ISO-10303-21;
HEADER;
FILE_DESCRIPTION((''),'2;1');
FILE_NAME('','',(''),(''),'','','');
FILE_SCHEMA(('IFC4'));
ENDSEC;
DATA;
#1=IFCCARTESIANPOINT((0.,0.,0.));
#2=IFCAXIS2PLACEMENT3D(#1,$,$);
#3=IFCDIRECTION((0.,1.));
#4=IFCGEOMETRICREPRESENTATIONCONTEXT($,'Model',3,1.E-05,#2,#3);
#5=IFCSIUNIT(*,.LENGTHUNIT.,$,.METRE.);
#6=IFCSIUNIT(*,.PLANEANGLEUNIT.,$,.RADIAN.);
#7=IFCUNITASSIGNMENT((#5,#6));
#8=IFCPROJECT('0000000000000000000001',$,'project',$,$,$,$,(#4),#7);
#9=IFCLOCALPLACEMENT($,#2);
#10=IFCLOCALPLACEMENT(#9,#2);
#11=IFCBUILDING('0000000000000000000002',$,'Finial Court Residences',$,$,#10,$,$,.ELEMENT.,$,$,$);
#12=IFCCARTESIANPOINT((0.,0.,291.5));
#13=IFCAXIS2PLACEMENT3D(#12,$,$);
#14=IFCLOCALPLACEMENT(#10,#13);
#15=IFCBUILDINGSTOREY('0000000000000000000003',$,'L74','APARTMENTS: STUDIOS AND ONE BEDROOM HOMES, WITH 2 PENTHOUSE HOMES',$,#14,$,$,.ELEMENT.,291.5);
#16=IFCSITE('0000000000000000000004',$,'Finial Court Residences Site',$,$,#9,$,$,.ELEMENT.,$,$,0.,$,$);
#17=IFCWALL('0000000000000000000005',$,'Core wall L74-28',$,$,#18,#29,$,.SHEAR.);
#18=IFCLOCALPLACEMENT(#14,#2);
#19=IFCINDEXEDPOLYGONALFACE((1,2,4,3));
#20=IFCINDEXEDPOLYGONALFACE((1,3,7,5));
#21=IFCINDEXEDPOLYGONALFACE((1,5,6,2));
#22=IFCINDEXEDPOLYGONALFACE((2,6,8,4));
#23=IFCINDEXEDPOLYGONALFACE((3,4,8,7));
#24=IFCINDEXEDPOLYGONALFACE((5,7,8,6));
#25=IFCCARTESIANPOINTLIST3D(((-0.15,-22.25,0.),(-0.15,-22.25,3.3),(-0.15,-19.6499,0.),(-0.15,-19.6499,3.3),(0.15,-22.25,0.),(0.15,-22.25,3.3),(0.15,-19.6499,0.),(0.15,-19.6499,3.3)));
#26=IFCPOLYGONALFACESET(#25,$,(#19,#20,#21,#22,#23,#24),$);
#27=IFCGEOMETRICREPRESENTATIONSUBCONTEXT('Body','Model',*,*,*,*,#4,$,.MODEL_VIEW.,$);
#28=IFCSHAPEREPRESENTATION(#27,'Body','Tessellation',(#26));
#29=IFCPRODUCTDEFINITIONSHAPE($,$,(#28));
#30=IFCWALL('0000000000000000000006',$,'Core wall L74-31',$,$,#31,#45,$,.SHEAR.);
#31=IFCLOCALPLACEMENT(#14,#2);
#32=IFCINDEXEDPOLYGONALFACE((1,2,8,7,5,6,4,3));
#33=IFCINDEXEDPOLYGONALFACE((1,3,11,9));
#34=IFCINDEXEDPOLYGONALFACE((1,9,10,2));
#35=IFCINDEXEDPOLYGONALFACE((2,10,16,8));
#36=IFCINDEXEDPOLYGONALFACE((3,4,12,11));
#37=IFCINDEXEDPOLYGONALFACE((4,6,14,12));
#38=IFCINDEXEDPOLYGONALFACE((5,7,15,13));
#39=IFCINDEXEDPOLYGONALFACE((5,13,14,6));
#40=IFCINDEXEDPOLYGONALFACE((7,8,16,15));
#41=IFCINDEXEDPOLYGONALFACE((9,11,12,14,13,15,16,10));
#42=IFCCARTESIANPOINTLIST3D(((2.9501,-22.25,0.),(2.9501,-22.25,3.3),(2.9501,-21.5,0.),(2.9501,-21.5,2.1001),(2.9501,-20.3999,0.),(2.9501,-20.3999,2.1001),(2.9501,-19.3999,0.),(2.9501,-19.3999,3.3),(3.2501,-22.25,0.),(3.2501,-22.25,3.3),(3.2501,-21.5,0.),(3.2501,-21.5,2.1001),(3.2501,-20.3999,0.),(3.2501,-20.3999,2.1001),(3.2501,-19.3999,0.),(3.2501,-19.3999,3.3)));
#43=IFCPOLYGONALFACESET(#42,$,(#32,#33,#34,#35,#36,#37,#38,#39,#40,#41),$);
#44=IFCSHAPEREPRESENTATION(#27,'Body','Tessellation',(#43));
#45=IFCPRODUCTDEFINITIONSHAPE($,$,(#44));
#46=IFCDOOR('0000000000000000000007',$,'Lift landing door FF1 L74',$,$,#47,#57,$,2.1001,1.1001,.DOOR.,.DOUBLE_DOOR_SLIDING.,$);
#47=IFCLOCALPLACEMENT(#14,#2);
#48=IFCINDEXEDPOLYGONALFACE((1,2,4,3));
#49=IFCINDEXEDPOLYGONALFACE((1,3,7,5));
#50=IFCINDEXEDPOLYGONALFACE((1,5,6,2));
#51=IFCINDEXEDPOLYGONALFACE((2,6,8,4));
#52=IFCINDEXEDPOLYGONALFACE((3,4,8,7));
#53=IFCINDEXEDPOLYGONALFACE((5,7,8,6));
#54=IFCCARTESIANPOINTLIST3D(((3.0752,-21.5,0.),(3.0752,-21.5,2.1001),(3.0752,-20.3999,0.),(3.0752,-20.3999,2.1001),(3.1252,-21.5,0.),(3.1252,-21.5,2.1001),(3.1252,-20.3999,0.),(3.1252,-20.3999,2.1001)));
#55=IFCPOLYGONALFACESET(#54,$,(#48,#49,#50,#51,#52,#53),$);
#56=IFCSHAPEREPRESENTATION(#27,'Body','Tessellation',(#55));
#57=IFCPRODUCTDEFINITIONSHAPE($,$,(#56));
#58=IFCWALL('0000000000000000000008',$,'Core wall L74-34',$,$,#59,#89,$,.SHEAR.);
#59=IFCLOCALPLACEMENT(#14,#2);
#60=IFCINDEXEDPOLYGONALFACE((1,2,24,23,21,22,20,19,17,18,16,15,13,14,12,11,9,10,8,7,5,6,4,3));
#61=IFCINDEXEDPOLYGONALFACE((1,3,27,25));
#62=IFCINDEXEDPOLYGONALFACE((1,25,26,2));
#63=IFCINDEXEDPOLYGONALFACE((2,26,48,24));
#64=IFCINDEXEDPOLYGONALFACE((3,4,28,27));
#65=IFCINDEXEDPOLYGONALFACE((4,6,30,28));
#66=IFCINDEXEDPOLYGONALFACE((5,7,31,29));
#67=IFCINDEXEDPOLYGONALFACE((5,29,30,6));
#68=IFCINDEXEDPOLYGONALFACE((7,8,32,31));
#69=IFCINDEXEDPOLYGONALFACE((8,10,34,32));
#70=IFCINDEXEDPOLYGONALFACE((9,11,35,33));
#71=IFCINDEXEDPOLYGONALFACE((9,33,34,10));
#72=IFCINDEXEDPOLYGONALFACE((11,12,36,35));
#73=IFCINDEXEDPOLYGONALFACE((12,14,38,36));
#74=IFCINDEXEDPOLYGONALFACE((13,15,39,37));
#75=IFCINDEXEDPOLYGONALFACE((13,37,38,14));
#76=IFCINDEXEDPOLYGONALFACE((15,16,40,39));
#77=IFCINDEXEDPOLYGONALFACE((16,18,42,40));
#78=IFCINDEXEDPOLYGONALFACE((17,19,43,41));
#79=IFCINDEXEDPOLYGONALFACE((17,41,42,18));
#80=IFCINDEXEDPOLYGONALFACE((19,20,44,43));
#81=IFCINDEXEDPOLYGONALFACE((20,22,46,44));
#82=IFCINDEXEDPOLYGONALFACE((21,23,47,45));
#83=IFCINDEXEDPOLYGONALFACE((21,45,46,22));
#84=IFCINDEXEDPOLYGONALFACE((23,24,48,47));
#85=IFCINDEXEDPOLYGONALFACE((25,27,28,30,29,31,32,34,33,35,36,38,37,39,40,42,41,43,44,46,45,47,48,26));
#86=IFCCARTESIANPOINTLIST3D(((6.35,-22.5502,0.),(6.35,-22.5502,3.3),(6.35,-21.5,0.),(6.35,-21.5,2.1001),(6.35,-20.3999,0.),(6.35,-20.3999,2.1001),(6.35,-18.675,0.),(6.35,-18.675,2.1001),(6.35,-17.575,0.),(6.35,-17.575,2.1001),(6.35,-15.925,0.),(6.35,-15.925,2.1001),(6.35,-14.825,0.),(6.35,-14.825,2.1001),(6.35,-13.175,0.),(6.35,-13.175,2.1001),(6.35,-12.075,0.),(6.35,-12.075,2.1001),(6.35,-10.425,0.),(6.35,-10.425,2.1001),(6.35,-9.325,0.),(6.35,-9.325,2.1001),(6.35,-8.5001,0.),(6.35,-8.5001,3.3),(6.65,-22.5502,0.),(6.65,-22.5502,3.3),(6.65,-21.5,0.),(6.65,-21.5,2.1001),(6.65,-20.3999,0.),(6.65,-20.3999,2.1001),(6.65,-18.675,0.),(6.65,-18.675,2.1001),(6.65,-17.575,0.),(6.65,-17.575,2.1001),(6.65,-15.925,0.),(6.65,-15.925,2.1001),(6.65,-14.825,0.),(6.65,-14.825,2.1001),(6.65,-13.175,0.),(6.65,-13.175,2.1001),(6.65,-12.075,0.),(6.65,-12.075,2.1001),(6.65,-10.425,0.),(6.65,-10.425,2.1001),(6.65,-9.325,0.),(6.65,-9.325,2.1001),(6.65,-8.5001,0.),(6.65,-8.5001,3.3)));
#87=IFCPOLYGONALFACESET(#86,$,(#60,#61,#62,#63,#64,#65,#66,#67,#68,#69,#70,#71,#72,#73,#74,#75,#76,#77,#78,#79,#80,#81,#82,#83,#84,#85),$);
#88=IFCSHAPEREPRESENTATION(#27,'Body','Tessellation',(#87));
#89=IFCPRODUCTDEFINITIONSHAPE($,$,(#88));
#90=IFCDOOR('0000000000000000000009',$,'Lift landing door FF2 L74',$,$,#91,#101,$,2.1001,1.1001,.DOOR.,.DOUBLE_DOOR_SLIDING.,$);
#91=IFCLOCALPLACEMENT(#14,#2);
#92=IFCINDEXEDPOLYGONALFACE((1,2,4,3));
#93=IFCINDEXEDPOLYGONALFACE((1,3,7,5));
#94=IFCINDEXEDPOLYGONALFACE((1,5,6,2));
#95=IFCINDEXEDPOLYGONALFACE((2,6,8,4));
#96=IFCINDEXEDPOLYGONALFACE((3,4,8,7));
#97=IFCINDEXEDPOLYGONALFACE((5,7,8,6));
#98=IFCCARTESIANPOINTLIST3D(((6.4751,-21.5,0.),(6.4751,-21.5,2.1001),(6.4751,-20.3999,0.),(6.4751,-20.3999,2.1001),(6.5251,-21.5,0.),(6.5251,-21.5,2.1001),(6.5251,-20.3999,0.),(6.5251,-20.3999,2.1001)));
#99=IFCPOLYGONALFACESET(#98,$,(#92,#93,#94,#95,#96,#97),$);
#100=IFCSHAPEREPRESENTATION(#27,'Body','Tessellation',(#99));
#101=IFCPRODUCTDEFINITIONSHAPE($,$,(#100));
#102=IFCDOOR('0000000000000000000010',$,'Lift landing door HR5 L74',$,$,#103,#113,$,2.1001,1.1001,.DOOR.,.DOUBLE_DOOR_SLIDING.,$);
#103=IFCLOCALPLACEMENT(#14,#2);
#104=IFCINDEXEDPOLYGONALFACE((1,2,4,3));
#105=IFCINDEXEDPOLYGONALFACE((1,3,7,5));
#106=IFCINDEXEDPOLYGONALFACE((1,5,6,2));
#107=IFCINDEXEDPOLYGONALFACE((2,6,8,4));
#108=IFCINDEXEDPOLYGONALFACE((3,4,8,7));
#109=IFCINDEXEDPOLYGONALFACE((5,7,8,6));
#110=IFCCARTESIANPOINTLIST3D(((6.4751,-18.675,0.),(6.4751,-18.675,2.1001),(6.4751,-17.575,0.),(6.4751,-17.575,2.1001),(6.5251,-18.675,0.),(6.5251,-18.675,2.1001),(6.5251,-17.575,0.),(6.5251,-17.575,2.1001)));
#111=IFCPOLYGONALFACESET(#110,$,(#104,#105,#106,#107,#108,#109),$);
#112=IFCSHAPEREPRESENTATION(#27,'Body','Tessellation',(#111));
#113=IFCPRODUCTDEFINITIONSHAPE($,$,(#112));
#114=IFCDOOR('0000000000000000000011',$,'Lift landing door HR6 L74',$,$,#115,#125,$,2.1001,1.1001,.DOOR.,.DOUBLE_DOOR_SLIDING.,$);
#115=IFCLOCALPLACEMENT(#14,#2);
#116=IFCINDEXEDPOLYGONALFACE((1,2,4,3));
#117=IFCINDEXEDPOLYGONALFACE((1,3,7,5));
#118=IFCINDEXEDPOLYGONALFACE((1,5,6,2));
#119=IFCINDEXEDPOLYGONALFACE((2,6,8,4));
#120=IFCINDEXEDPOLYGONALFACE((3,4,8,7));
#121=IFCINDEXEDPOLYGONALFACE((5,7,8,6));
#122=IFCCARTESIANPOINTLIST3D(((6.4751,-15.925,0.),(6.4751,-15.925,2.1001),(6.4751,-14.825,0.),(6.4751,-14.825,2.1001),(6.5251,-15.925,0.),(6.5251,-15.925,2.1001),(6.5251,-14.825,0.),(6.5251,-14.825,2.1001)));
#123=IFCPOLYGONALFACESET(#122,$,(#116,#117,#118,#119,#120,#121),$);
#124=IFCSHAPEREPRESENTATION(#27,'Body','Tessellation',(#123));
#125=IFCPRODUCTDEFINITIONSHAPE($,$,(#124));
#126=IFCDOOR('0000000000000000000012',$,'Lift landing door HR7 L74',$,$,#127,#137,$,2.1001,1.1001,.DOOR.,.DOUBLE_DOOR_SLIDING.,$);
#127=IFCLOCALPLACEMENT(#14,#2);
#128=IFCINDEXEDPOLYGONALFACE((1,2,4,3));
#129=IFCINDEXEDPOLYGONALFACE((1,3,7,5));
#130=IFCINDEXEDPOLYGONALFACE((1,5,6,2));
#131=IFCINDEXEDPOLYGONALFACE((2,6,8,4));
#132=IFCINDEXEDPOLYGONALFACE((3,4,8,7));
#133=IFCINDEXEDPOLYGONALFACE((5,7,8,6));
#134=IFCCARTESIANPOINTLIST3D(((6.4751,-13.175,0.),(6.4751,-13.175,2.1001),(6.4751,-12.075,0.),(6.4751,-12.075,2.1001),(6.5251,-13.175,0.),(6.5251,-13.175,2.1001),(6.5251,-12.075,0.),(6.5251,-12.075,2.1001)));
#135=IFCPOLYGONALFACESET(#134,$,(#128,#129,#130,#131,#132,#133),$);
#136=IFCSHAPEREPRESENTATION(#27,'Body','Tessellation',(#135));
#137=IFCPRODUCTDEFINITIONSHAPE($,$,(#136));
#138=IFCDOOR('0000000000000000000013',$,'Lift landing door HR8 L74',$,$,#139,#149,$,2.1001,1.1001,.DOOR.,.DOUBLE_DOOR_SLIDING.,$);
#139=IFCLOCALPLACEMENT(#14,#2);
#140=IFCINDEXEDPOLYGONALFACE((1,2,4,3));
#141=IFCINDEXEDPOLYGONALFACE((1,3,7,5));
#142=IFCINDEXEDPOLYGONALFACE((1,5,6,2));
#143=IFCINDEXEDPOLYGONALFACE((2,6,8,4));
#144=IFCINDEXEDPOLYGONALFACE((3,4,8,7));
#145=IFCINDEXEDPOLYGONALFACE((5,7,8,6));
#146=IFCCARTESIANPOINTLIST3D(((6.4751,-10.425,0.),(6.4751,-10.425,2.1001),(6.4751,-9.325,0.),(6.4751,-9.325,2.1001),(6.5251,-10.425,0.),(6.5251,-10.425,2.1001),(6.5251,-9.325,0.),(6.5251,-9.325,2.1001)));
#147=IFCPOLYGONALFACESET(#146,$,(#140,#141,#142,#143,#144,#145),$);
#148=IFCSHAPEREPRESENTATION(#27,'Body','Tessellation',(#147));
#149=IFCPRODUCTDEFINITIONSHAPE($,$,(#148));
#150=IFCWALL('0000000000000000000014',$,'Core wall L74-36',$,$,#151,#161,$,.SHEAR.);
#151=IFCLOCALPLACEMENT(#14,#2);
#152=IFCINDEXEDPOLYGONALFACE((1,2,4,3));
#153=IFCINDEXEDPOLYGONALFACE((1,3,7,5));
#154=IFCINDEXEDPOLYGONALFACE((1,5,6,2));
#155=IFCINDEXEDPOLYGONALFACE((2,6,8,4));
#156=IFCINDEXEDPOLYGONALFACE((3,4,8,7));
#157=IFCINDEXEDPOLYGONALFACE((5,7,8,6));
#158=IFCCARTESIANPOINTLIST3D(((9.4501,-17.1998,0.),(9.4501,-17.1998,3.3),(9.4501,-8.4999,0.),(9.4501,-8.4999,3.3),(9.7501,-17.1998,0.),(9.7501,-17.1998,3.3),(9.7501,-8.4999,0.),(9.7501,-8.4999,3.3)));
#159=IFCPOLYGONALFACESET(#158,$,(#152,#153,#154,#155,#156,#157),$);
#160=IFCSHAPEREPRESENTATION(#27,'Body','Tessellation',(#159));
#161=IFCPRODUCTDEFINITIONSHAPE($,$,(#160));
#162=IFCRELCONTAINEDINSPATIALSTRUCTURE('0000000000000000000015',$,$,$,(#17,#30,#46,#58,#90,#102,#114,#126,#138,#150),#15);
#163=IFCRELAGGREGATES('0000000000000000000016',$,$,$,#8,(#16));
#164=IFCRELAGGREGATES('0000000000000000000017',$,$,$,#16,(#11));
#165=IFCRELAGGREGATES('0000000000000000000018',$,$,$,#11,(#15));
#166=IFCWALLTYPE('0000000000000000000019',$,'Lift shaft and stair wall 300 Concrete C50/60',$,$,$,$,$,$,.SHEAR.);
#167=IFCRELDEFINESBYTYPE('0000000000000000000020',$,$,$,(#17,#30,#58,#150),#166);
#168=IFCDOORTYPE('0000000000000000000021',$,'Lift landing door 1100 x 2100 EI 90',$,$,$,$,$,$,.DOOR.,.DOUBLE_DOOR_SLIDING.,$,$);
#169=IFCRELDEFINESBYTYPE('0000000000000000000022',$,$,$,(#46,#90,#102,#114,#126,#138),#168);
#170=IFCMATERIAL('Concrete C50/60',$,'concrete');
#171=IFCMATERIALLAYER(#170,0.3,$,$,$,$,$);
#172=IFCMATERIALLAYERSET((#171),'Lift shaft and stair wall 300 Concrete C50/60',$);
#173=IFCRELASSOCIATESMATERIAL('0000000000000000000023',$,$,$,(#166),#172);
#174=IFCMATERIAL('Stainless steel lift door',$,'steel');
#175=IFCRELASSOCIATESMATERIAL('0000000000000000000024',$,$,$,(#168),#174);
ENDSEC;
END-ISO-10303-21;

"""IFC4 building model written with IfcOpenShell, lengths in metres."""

from ifc_helpers import new_model, si_unit, direction, frame, frame_2d, origin, place, context, subcontext, project, spatial, rectangle, extrude, material, layer, layer_set, type_object, element, fill, save


model = new_model("IFC4")

# Units and contexts
model_context = context("Model", 3, precision=1e-05, world=origin(), true_north=direction((0.0, 1.0)))
body_context = subcontext(model_context, "Body", "Model", "MODEL_VIEW")
ifc_project = project(units=[si_unit("LENGTHUNIT", "METRE"), si_unit("PLANEANGLEUNIT", "RADIAN")], contexts=[model_context])

# Site, building, storey
site_placement = place(None, origin())
site = spatial("IfcSite", under=ifc_project, at=site_placement, Name="Finial Court Residences Site", CompositionType="ELEMENT", RefElevation=0.0)
building_placement = place(site_placement, origin())
building = spatial("IfcBuilding", under=site, at=building_placement, Name="Finial Court Residences", CompositionType="ELEMENT")
storey_placement = place(building_placement, frame((0.0, 0.0, 291.5)))
storey = spatial("IfcBuildingStorey", under=building, at=storey_placement, Name="L74", Description="APARTMENTS: STUDIOS AND ONE BEDROOM HOMES, WITH 2 PENTHOUSE HOMES", CompositionType="ELEMENT", Elevation=291.5)

# Wall
ifc_material_1 = material(Name="Concrete C50/60", Category="concrete")
ifc_layer_1 = layer(ifc_material_1, 0.3)
ifc_layer_set_1 = layer_set([ifc_layer_1], Name="Lift shaft and stair wall 300 Concrete C50/60")
wall_type_1 = type_object("IfcWallType", Name="Lift shaft and stair wall 300 Concrete C50/60", PredefinedType="SHEAR", material=ifc_layer_set_1)
wall_1_placement = place(storey_placement, frame((0.0, -22.25, 0.0), z_axis=(0.0, 0.0, 1.0), x_axis=(0.0, 1.0, 0.0)))
element("IfcWall", 1, at=wall_1_placement, inside=storey, type_object=wall_type_1, Name="Core wall L74-28", PredefinedType="SHEAR", context=body_context, shape_type="SweptSolid", body=[
    extrude(rectangle(XDim=2.6001, YDim=0.3, at=frame_2d((1.3, 0.0))), origin(), (0.0, 0.0, 1.0), 3.3),
])

# Wall, opening, door
wall_2_placement = place(storey_placement, frame((3.1001, -22.25, 0.0), z_axis=(0.0, 0.0, 1.0), x_axis=(0.0, 1.0, 0.0)))
wall_2 = element("IfcWall", 2, at=wall_2_placement, inside=storey, type_object=wall_type_1, Name="Core wall L74-31", PredefinedType="SHEAR", context=body_context, shape_type="SweptSolid", body=[
    extrude(rectangle(XDim=2.8501, YDim=0.3, at=frame_2d((1.425, 0.0))), origin(), (0.0, 0.0, 1.0), 3.3),
])
opening_1_placement = place(wall_2_placement, frame((0.75, 0.0, 0.0)))
opening_1 = element("IfcOpeningElement", 3, at=opening_1_placement, cuts=wall_2, PredefinedType="OPENING", context=body_context, shape_type="SweptSolid", body=[
    extrude(rectangle(XDim=1.1001, YDim=2.1001, at=frame_2d((0.55, 1.05))), frame((0.0, 0.1599, 0.0), z_axis=(0.0, -1.0, 0.0), x_axis=(1.0, 0.0, 0.0)), (0.0, 0.0, 1.0), 0.3201),
])
ifc_material_2 = material(Name="Stainless steel lift door", Category="steel")
door_type_1 = type_object("IfcDoorType", Name="Lift landing door 1100 x 2100 EI 90", OperationType="DOUBLE_DOOR_SLIDING", PredefinedType="DOOR", material=ifc_material_2)
door_1_placement = place(opening_1_placement, origin())
door_1 = element("IfcDoor", 4, at=door_1_placement, inside=storey, type_object=door_type_1, Name="Lift landing door FF1 L74", OperationType="DOUBLE_DOOR_SLIDING", OverallHeight=2.1001, OverallWidth=1.1001, PredefinedType="DOOR", context=body_context, shape_type="SweptSolid", body=[
    extrude(rectangle(XDim=1.1001, YDim=2.1001, at=frame_2d((0.55, 1.05))), frame((0.0, 0.0249, 0.0), z_axis=(0.0, -1.0, 0.0), x_axis=(1.0, 0.0, 0.0)), (0.0, 0.0, 1.0), 0.05),
])
fill(opening_1, door_1)

# Wall, openings, doors
wall_3_placement = place(storey_placement, frame((6.5, -22.55, 0.0), z_axis=(0.0, 0.0, 1.0), x_axis=(0.0, 1.0, 0.0)))
wall_3 = element("IfcWall", 5, at=wall_3_placement, inside=storey, type_object=wall_type_1, Name="Core wall L74-34", PredefinedType="SHEAR", context=body_context, shape_type="SweptSolid", body=[
    extrude(rectangle(XDim=14.05, YDim=0.3, at=frame_2d((7.0249, 0.0))), origin(), (0.0, 0.0, 1.0), 3.3),
])
opening_2_placement = place(wall_3_placement, frame((1.05, 0.0, 0.0)))
opening_2 = element("IfcOpeningElement", 6, at=opening_2_placement, cuts=wall_3, PredefinedType="OPENING", context=body_context, shape_type="SweptSolid", body=[
    extrude(rectangle(XDim=1.1001, YDim=2.1001, at=frame_2d((0.55, 1.05))), frame((0.0, 0.1599, 0.0), z_axis=(0.0, -1.0, 0.0), x_axis=(1.0, 0.0, 0.0)), (0.0, 0.0, 1.0), 0.3201),
])
opening_3_placement = place(wall_3_placement, frame((3.875, 0.0, 0.0)))
opening_3 = element("IfcOpeningElement", 7, at=opening_3_placement, cuts=wall_3, PredefinedType="OPENING", context=body_context, shape_type="SweptSolid", body=[
    extrude(rectangle(XDim=1.1001, YDim=2.1001, at=frame_2d((0.55, 1.05))), frame((0.0, 0.1599, 0.0), z_axis=(0.0, -1.0, 0.0), x_axis=(1.0, 0.0, 0.0)), (0.0, 0.0, 1.0), 0.3201),
])
opening_4_placement = place(wall_3_placement, frame((6.625, 0.0, 0.0)))
opening_4 = element("IfcOpeningElement", 8, at=opening_4_placement, cuts=wall_3, PredefinedType="OPENING", context=body_context, shape_type="SweptSolid", body=[
    extrude(rectangle(XDim=1.1001, YDim=2.1001, at=frame_2d((0.55, 1.05))), frame((0.0, 0.1599, 0.0), z_axis=(0.0, -1.0, 0.0), x_axis=(1.0, 0.0, 0.0)), (0.0, 0.0, 1.0), 0.3201),
])
opening_5_placement = place(wall_3_placement, frame((9.375, 0.0, 0.0)))
opening_5 = element("IfcOpeningElement", 9, at=opening_5_placement, cuts=wall_3, PredefinedType="OPENING", context=body_context, shape_type="SweptSolid", body=[
    extrude(rectangle(XDim=1.1001, YDim=2.1001, at=frame_2d((0.55, 1.05))), frame((0.0, 0.1599, 0.0), z_axis=(0.0, -1.0, 0.0), x_axis=(1.0, 0.0, 0.0)), (0.0, 0.0, 1.0), 0.3201),
])
opening_6_placement = place(wall_3_placement, frame((12.125, 0.0, 0.0)))
opening_6 = element("IfcOpeningElement", 10, at=opening_6_placement, cuts=wall_3, PredefinedType="OPENING", context=body_context, shape_type="SweptSolid", body=[
    extrude(rectangle(XDim=1.1001, YDim=2.1001, at=frame_2d((0.55, 1.05))), frame((0.0, 0.1599, 0.0), z_axis=(0.0, -1.0, 0.0), x_axis=(1.0, 0.0, 0.0)), (0.0, 0.0, 1.0), 0.3201),
])
door_2_placement = place(opening_2_placement, origin())
door_2 = element("IfcDoor", 11, at=door_2_placement, inside=storey, type_object=door_type_1, Name="Lift landing door FF2 L74", OperationType="DOUBLE_DOOR_SLIDING", OverallHeight=2.1001, OverallWidth=1.1001, PredefinedType="DOOR", context=body_context, shape_type="SweptSolid", body=[
    extrude(rectangle(XDim=1.1001, YDim=2.1001, at=frame_2d((0.55, 1.05))), frame((0.0, 0.0249, 0.0), z_axis=(0.0, -1.0, 0.0), x_axis=(1.0, 0.0, 0.0)), (0.0, 0.0, 1.0), 0.05),
])
fill(opening_2, door_2)
door_3_placement = place(opening_3_placement, origin())
door_3 = element("IfcDoor", 12, at=door_3_placement, inside=storey, type_object=door_type_1, Name="Lift landing door HR5 L74", OperationType="DOUBLE_DOOR_SLIDING", OverallHeight=2.1001, OverallWidth=1.1001, PredefinedType="DOOR", context=body_context, shape_type="SweptSolid", body=[
    extrude(rectangle(XDim=1.1001, YDim=2.1001, at=frame_2d((0.55, 1.05))), frame((0.0, 0.0249, 0.0), z_axis=(0.0, -1.0, 0.0), x_axis=(1.0, 0.0, 0.0)), (0.0, 0.0, 1.0), 0.05),
])
fill(opening_3, door_3)
door_4_placement = place(opening_4_placement, origin())
door_4 = element("IfcDoor", 13, at=door_4_placement, inside=storey, type_object=door_type_1, Name="Lift landing door HR6 L74", OperationType="DOUBLE_DOOR_SLIDING", OverallHeight=2.1001, OverallWidth=1.1001, PredefinedType="DOOR", context=body_context, shape_type="SweptSolid", body=[
    extrude(rectangle(XDim=1.1001, YDim=2.1001, at=frame_2d((0.55, 1.05))), frame((0.0, 0.0249, 0.0), z_axis=(0.0, -1.0, 0.0), x_axis=(1.0, 0.0, 0.0)), (0.0, 0.0, 1.0), 0.05),
])
fill(opening_4, door_4)
door_5_placement = place(opening_5_placement, origin())
door_5 = element("IfcDoor", 14, at=door_5_placement, inside=storey, type_object=door_type_1, Name="Lift landing door HR7 L74", OperationType="DOUBLE_DOOR_SLIDING", OverallHeight=2.1001, OverallWidth=1.1001, PredefinedType="DOOR", context=body_context, shape_type="SweptSolid", body=[
    extrude(rectangle(XDim=1.1001, YDim=2.1001, at=frame_2d((0.55, 1.05))), frame((0.0, 0.0249, 0.0), z_axis=(0.0, -1.0, 0.0), x_axis=(1.0, 0.0, 0.0)), (0.0, 0.0, 1.0), 0.05),
])
fill(opening_5, door_5)
door_6_placement = place(opening_6_placement, origin())
door_6 = element("IfcDoor", 15, at=door_6_placement, inside=storey, type_object=door_type_1, Name="Lift landing door HR8 L74", OperationType="DOUBLE_DOOR_SLIDING", OverallHeight=2.1001, OverallWidth=1.1001, PredefinedType="DOOR", context=body_context, shape_type="SweptSolid", body=[
    extrude(rectangle(XDim=1.1001, YDim=2.1001, at=frame_2d((0.55, 1.05))), frame((0.0, 0.0249, 0.0), z_axis=(0.0, -1.0, 0.0), x_axis=(1.0, 0.0, 0.0)), (0.0, 0.0, 1.0), 0.05),
])
fill(opening_6, door_6)

# Wall
wall_4_placement = place(storey_placement, frame((9.6001, -17.2, 0.0), z_axis=(0.0, 0.0, 1.0), x_axis=(0.0, 1.0, 0.0)))
element("IfcWall", 16, at=wall_4_placement, inside=storey, type_object=wall_type_1, Name="Core wall L74-36", PredefinedType="SHEAR", context=body_context, shape_type="SweptSolid", body=[
    extrude(rectangle(XDim=8.7, YDim=0.3, at=frame_2d((4.3501, 0.0))), origin(), (0.0, 0.0, 1.0), 3.3),
])

save(model, "model.ifc")
